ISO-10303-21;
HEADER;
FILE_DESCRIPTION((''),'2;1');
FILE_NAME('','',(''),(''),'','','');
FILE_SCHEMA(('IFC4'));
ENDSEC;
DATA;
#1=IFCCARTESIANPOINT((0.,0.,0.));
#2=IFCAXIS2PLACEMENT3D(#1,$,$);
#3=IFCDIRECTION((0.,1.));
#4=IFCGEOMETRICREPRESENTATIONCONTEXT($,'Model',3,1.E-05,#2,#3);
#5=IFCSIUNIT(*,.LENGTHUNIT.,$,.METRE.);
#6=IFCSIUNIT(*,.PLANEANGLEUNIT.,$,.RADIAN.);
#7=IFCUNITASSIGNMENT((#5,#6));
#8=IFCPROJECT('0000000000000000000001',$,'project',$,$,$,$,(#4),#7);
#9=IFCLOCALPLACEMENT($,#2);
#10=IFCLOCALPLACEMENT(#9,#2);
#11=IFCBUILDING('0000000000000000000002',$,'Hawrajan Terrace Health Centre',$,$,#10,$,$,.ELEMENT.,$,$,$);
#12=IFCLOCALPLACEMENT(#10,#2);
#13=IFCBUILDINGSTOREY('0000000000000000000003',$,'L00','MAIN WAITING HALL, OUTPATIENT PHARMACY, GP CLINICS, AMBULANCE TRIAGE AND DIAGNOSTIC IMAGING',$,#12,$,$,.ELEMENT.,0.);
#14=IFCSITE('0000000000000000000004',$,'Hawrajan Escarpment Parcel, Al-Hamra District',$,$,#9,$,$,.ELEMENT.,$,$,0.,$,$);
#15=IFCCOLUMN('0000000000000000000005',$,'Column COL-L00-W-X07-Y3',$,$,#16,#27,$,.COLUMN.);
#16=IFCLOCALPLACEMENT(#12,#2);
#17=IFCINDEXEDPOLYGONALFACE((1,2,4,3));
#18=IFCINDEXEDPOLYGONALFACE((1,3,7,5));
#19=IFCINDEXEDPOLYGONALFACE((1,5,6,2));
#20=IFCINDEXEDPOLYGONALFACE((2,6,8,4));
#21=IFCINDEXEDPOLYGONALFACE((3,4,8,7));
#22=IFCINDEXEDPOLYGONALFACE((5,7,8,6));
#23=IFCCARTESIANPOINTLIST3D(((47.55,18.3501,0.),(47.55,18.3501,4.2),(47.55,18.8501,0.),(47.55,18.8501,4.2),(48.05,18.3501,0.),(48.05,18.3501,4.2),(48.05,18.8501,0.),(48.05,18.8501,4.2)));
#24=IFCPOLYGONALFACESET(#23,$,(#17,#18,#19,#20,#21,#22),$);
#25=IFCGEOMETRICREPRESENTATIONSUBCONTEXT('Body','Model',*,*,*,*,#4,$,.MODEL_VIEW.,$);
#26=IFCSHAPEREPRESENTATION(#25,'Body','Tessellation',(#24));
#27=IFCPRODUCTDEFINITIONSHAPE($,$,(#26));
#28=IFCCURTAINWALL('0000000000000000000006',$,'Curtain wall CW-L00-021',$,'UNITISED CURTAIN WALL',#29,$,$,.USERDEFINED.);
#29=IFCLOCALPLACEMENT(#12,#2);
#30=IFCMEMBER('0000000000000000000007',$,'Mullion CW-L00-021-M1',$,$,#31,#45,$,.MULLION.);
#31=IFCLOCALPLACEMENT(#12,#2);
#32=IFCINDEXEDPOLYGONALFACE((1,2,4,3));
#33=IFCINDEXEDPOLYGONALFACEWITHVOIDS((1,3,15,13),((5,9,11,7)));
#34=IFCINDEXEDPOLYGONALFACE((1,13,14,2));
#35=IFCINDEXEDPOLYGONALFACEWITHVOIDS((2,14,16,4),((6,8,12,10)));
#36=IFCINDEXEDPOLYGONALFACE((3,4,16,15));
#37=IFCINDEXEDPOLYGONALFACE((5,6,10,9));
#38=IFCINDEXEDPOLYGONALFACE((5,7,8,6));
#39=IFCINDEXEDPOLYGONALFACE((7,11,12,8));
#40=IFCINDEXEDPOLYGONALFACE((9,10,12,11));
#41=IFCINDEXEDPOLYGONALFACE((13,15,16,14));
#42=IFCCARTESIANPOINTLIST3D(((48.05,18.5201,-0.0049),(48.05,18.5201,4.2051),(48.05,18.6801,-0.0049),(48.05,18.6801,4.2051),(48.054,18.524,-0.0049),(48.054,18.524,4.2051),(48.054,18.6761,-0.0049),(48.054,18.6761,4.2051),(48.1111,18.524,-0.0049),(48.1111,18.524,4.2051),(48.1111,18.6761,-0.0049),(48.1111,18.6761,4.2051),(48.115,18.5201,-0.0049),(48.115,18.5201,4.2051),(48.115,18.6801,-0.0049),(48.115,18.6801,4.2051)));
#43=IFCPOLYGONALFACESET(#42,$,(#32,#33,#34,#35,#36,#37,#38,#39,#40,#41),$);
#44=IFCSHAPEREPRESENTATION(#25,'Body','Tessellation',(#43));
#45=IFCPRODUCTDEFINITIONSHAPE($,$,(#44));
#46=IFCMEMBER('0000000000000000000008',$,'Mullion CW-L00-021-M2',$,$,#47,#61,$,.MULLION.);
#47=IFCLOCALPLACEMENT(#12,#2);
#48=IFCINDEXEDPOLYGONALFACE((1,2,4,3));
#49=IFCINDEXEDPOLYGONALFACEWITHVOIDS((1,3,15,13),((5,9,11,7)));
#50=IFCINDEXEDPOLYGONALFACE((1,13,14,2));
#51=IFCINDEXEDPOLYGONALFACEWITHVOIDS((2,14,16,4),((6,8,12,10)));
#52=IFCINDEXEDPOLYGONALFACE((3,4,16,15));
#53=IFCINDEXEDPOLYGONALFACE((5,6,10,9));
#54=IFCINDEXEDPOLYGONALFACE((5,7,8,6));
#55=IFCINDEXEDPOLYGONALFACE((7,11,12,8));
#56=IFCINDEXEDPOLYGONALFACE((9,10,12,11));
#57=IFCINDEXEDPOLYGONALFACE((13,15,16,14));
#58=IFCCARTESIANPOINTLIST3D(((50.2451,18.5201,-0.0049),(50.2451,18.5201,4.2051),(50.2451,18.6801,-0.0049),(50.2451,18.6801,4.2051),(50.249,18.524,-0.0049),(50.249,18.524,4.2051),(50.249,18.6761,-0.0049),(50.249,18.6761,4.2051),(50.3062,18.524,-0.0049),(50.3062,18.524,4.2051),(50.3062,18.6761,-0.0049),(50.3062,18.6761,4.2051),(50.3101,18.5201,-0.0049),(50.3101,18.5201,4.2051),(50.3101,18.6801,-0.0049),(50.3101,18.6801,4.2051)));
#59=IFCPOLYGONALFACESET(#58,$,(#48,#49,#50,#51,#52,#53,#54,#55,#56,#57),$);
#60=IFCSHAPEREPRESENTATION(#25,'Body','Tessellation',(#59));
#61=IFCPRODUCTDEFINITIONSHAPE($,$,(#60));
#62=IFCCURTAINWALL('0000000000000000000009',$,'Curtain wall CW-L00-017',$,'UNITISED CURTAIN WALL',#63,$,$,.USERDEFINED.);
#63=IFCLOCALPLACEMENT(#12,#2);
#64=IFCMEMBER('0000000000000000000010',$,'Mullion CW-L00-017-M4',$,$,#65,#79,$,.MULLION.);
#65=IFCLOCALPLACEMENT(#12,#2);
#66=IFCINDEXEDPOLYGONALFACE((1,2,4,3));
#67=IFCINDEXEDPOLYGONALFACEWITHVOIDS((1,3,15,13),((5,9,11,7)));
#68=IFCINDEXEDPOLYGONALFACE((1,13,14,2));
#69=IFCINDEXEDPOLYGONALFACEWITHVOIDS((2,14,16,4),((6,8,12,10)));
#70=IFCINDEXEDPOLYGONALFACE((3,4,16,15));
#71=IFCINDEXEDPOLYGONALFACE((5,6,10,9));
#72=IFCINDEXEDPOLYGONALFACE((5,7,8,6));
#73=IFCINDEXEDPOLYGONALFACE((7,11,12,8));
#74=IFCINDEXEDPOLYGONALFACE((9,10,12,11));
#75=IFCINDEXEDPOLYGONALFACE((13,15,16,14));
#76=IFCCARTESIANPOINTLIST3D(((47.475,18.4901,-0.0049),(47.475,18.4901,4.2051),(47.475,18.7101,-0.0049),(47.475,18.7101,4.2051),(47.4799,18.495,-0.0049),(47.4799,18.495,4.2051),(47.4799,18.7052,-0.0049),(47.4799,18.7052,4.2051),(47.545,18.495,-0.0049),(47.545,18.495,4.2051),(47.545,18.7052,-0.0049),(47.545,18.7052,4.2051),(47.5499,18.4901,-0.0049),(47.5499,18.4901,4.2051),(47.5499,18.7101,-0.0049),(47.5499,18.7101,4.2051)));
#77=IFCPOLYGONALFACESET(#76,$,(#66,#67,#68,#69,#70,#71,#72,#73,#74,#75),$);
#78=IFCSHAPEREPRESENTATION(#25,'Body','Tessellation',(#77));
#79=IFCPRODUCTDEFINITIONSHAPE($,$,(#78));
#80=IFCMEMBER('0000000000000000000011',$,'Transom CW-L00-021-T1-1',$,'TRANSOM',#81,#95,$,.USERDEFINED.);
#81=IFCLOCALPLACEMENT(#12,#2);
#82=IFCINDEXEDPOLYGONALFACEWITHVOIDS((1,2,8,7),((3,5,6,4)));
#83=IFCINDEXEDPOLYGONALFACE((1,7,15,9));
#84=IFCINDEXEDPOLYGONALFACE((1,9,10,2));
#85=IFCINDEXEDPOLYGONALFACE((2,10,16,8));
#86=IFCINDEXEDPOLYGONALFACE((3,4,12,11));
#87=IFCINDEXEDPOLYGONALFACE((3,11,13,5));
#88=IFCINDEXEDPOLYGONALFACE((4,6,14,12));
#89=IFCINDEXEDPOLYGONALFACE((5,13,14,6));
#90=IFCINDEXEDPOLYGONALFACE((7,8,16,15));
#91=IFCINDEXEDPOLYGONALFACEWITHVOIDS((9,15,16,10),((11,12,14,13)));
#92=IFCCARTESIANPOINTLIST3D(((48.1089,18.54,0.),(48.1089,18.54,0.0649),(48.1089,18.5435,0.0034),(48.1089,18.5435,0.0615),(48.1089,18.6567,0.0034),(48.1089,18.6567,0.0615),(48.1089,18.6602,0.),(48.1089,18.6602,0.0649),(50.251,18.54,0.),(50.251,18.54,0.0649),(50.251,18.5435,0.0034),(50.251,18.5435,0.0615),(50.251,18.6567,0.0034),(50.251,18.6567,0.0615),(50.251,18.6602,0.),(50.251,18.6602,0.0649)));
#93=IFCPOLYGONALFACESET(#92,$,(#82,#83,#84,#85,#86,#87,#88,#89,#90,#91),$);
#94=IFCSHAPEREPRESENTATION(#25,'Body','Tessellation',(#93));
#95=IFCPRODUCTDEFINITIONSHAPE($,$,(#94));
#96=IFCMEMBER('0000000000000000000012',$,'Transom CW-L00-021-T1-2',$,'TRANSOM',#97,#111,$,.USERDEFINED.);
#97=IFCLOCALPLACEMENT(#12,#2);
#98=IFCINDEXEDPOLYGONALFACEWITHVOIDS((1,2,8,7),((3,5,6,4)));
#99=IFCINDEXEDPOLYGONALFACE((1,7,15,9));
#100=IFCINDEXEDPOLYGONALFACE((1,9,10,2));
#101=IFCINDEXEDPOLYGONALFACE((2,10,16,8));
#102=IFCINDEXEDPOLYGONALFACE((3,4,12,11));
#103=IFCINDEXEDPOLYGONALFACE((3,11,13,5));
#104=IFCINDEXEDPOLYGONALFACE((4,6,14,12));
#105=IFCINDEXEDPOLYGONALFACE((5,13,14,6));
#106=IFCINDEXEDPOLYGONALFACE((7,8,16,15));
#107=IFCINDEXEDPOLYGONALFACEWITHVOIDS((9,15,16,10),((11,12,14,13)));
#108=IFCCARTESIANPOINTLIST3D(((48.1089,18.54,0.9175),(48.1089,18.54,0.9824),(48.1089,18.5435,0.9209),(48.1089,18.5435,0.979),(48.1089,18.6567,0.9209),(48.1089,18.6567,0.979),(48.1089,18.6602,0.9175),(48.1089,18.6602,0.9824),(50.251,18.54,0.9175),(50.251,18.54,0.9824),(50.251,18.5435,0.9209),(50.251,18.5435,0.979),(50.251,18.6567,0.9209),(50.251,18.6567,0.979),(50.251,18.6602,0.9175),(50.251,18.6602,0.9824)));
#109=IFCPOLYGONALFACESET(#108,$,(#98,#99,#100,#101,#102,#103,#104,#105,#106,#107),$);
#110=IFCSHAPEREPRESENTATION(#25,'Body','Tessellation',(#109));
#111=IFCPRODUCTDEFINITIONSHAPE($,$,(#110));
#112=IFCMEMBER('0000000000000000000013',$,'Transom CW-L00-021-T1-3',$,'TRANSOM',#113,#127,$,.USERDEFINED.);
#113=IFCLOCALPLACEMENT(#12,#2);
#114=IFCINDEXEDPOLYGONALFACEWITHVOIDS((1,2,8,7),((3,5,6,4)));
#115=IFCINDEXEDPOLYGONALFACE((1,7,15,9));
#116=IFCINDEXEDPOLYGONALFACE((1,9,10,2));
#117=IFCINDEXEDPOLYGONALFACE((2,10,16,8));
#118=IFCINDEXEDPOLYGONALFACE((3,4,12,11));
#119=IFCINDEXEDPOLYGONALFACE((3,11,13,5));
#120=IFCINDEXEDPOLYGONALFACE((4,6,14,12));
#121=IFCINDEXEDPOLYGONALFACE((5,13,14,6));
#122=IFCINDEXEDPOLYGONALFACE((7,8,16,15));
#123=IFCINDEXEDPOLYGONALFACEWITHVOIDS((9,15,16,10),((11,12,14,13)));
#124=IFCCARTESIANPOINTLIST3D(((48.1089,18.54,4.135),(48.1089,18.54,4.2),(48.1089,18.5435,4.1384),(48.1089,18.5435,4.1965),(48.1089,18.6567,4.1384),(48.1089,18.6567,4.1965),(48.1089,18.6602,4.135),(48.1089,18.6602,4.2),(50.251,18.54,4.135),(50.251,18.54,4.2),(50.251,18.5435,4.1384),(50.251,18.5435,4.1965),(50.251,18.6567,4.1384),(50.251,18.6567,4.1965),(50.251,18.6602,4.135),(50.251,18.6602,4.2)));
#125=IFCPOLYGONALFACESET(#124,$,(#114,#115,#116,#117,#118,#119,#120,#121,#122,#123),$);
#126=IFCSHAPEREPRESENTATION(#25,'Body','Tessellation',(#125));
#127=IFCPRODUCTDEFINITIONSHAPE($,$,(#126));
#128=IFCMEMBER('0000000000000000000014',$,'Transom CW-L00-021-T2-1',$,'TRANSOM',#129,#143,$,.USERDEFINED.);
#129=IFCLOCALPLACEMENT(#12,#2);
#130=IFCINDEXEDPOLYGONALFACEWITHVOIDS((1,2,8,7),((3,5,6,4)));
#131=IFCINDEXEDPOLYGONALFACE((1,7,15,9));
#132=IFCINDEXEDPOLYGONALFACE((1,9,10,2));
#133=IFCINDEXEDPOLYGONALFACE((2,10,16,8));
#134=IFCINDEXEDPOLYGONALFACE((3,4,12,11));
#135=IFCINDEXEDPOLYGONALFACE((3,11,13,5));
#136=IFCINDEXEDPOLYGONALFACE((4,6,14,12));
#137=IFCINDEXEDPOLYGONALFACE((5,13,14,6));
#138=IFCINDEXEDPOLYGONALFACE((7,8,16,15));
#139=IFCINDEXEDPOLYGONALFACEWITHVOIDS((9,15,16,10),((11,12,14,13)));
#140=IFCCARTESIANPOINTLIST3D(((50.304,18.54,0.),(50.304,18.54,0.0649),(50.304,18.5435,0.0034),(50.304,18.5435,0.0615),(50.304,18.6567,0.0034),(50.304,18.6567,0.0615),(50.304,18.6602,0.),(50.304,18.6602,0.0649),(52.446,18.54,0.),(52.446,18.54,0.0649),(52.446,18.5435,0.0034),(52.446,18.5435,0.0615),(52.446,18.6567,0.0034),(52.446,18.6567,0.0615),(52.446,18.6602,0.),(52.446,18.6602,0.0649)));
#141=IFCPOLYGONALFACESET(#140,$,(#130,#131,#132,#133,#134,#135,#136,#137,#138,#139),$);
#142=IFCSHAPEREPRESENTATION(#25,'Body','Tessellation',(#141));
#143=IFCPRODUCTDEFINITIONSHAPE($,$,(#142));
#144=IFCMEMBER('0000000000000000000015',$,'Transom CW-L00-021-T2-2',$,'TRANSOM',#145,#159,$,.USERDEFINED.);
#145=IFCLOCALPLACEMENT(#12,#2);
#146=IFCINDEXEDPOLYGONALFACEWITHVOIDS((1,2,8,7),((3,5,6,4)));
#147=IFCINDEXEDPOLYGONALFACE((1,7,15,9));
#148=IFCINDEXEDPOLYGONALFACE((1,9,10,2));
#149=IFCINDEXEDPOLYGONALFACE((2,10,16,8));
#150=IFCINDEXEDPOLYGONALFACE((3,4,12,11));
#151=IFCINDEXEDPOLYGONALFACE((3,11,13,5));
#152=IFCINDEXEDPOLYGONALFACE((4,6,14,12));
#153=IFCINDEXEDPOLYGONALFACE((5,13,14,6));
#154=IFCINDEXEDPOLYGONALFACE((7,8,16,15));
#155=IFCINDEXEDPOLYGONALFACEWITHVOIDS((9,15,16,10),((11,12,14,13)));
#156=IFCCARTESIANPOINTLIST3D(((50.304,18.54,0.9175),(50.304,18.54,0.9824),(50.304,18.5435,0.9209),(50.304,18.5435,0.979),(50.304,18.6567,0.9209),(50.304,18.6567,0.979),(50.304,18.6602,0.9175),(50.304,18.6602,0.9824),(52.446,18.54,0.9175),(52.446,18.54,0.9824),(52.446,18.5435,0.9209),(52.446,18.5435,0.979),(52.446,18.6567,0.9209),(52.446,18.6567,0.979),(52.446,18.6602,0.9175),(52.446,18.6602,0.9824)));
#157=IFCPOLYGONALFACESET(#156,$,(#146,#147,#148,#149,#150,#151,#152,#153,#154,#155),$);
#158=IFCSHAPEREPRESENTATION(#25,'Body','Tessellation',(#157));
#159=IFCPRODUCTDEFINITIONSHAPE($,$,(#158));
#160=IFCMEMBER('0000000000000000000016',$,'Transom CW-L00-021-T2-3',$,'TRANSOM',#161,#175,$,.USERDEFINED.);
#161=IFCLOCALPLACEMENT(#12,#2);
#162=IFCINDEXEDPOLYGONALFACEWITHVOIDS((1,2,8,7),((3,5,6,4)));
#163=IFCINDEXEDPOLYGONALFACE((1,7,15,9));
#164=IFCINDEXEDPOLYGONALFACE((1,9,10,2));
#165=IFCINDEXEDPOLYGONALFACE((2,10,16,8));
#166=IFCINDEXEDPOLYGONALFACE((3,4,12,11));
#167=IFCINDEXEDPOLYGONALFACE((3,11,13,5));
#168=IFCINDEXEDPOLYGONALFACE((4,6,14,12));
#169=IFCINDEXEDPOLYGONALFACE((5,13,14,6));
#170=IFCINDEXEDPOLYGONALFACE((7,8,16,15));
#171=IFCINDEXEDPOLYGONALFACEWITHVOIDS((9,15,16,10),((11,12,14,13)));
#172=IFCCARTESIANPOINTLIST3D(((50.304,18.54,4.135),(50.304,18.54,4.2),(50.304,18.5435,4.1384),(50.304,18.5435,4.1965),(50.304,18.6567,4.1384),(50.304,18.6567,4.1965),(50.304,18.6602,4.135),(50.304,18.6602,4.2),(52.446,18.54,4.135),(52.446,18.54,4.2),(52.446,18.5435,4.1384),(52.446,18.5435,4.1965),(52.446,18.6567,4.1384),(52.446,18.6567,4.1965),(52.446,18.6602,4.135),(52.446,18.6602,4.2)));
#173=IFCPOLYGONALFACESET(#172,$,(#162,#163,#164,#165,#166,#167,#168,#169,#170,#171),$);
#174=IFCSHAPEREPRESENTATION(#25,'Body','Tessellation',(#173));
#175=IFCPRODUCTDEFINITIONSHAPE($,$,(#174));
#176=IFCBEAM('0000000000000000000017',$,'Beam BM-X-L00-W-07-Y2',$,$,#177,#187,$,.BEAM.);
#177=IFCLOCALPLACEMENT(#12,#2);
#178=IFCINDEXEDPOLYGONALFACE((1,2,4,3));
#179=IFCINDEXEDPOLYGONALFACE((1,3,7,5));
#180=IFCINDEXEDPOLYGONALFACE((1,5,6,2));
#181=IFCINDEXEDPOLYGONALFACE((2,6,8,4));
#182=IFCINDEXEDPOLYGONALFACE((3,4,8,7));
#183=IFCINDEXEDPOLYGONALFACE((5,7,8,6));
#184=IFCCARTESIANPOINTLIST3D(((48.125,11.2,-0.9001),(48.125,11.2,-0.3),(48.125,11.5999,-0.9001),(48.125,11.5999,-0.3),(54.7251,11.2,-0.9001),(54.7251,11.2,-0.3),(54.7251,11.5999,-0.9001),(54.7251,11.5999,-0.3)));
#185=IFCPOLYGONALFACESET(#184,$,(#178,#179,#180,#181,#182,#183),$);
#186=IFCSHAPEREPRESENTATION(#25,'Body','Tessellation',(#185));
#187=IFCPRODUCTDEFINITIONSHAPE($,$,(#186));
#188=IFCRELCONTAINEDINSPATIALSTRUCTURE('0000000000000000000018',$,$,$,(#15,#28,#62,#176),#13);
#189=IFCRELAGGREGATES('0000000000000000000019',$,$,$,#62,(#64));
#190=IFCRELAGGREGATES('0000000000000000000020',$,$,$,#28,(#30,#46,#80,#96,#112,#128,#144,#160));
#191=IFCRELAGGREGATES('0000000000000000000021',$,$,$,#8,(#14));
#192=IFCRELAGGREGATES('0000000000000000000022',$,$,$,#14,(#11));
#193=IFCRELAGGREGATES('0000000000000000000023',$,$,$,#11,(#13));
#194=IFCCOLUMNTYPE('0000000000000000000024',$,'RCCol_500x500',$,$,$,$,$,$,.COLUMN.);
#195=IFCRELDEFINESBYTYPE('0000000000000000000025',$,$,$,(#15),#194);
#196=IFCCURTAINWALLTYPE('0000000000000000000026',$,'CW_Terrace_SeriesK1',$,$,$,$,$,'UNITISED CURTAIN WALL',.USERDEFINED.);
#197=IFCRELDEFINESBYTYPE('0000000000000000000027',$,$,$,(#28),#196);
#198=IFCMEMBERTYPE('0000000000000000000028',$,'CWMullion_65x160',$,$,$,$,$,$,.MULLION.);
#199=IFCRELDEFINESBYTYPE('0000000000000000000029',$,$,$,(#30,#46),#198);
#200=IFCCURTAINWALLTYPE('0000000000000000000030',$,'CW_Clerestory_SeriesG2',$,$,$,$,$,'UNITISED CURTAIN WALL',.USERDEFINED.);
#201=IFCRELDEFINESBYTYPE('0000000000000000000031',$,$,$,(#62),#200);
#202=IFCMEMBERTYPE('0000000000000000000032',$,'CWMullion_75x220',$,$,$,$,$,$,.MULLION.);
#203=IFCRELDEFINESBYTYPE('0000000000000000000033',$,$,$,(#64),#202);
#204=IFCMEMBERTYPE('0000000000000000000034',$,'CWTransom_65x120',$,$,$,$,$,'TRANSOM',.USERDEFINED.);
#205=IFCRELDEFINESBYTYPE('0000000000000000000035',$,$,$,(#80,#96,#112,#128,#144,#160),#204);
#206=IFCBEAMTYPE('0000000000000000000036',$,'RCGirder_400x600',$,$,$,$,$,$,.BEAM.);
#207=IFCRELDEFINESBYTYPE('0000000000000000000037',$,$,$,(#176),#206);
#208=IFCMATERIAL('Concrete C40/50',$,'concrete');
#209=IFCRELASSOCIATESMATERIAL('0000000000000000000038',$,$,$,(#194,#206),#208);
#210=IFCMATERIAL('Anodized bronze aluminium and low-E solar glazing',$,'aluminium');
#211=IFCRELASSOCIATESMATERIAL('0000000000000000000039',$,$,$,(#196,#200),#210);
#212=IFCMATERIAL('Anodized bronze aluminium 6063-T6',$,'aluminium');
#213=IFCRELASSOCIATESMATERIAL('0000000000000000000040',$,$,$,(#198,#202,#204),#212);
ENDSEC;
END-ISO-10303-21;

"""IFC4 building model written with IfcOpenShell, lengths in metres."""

from ifc_helpers import new_model, si_unit, direction, frame, origin, origin_2d, place, context, subcontext, project, spatial, rectangle, hollow_rectangle, extrude, material, material_profile, profile_set, type_object, element, aggregate, save


model = new_model("IFC4")

# Units and contexts
model_context = context("Model", 3, precision=1e-05, world=origin(), true_north=direction((0.0, 1.0)))
body_context = subcontext(model_context, "Body", "Model", "MODEL_VIEW")
ifc_project = project(units=[si_unit("LENGTHUNIT", "METRE"), si_unit("PLANEANGLEUNIT", "RADIAN")], contexts=[model_context])

# Site, building, storey
site_placement = place(None, origin())
site = spatial("IfcSite", under=ifc_project, at=site_placement, Name="Hawrajan Escarpment Parcel, Al-Hamra District", CompositionType="ELEMENT", RefElevation=0.0)
building_placement = place(site_placement, origin())
building = spatial("IfcBuilding", under=site, at=building_placement, Name="Hawrajan Terrace Health Centre", CompositionType="ELEMENT")
storey_placement = place(building_placement, origin())
storey = spatial("IfcBuildingStorey", under=building, at=storey_placement, Name="L00", Description="MAIN WAITING HALL, OUTPATIENT PHARMACY, GP CLINICS, AMBULANCE TRIAGE AND DIAGNOSTIC IMAGING", CompositionType="ELEMENT", Elevation=0.0)

# Column
ifc_material_1 = material(Name="Concrete C40/50", Category="concrete")
ifc_material_profile_1 = material_profile(ifc_material_1, rectangle(XDim=0.5, YDim=0.5, at=origin_2d()), Name="RC 500x500")
ifc_profile_set_1 = profile_set([ifc_material_profile_1], Name="Concrete C40/50")
column_type = type_object("IfcColumnType", Name="RCCol_500x500", PredefinedType="COLUMN", material=ifc_profile_set_1)
column_placement = place(storey_placement, frame((47.8, 18.6001, 0.0), z_axis=(0.0, 0.0, 1.0), x_axis=(1.0, 0.0, 0.0)))
element("IfcColumn", 1, at=column_placement, inside=storey, type_object=column_type, Name="Column COL-L00-W-X07-Y3", PredefinedType="COLUMN", context=body_context, shape_type="SweptSolid", body=[
    extrude(rectangle(XDim=0.5, YDim=0.5, at=origin_2d()), origin(), (0.0, 0.0, 1.0), 4.2),
])

# Curtain wall, members
ifc_material_2 = material(Name="Anodized bronze aluminium and low-E solar glazing", Category="aluminium")
curtain_wall_type_1 = type_object("IfcCurtainWallType", Name="CW_Terrace_SeriesK1", ElementType="UNITISED CURTAIN WALL", PredefinedType="USERDEFINED", material=ifc_material_2)
curtain_wall_1_placement = place(storey_placement, origin())
curtain_wall_1 = element("IfcCurtainWall", 2, at=curtain_wall_1_placement, inside=storey, type_object=curtain_wall_type_1, Name="Curtain wall CW-L00-021", ObjectType="UNITISED CURTAIN WALL", PredefinedType="USERDEFINED")
ifc_material_3 = material(Name="Anodized bronze aluminium 6063-T6", Category="aluminium")
ifc_material_profile_2 = material_profile(ifc_material_3, hollow_rectangle(XDim=0.0649, YDim=0.1599, WallThickness=0.0039, at=origin_2d()), Name="CW MUL 65x160")
ifc_profile_set_2 = profile_set([ifc_material_profile_2], Name="Anodized bronze aluminium 6063-T6")
member_type_1 = type_object("IfcMemberType", Name="CWMullion_65x160", PredefinedType="MULLION", material=ifc_profile_set_2)
member_1_placement = place(storey_placement, frame((48.0825, 18.6001, -0.0049), z_axis=(0.0, 0.0, 1.0), x_axis=(1.0, 0.0, 0.0)))
member_1 = element("IfcMember", 3, at=member_1_placement, type_object=member_type_1, Name="Mullion CW-L00-021-M1", PredefinedType="MULLION", context=body_context, shape_type="SweptSolid", body=[
    extrude(hollow_rectangle(XDim=0.0649, YDim=0.1599, WallThickness=0.0039, at=origin_2d()), origin(), (0.0, 0.0, 1.0), 4.21),
])
member_2_placement = place(storey_placement, frame((50.2776, 18.6001, -0.0049), z_axis=(0.0, 0.0, 1.0), x_axis=(1.0, 0.0, 0.0)))
member_2 = element("IfcMember", 4, at=member_2_placement, type_object=member_type_1, Name="Mullion CW-L00-021-M2", PredefinedType="MULLION", context=body_context, shape_type="SweptSolid", body=[
    extrude(hollow_rectangle(XDim=0.0649, YDim=0.1599, WallThickness=0.0039, at=origin_2d()), origin(), (0.0, 0.0, 1.0), 4.21),
])

# Curtain wall, member
curtain_wall_type_2 = type_object("IfcCurtainWallType", Name="CW_Clerestory_SeriesG2", ElementType="UNITISED CURTAIN WALL", PredefinedType="USERDEFINED", material=ifc_material_2)
curtain_wall_2_placement = place(storey_placement, origin())
curtain_wall_2 = element("IfcCurtainWall", 5, at=curtain_wall_2_placement, inside=storey, type_object=curtain_wall_type_2, Name="Curtain wall CW-L00-017", ObjectType="UNITISED CURTAIN WALL", PredefinedType="USERDEFINED")
ifc_material_profile_3 = material_profile(ifc_material_3, hollow_rectangle(XDim=0.075, YDim=0.22, WallThickness=0.0049, at=origin_2d()), Name="CW MUL 75x220")
ifc_profile_set_3 = profile_set([ifc_material_profile_3], Name="Anodized bronze aluminium 6063-T6")
member_type_2 = type_object("IfcMemberType", Name="CWMullion_75x220", PredefinedType="MULLION", material=ifc_profile_set_3)
member_3_placement = place(storey_placement, frame((47.5125, 18.6001, -0.0049), z_axis=(0.0, 0.0, 1.0), x_axis=(1.0, 0.0, 0.0)))
member_3 = element("IfcMember", 6, at=member_3_placement, type_object=member_type_2, Name="Mullion CW-L00-017-M4", PredefinedType="MULLION", context=body_context, shape_type="SweptSolid", body=[
    extrude(hollow_rectangle(XDim=0.075, YDim=0.22, WallThickness=0.0049, at=origin_2d()), origin(), (0.0, 0.0, 1.0), 4.21),
])

# Members
ifc_material_profile_4 = material_profile(ifc_material_3, hollow_rectangle(XDim=0.0649, YDim=0.1201, WallThickness=0.0034, at=origin_2d()), Name="CW TRN 65x120")
ifc_profile_set_4 = profile_set([ifc_material_profile_4], Name="Anodized bronze aluminium 6063-T6")
member_type_3 = type_object("IfcMemberType", Name="CWTransom_65x120", ElementType="TRANSOM", PredefinedType="USERDEFINED", material=ifc_profile_set_4)
member_4_placement = place(storey_placement, frame((48.1089, 18.6001, 0.0325), z_axis=(1.0, 0.0, 0.0), x_axis=(0.0, 0.0, 1.0)))
member_4 = element("IfcMember", 7, at=member_4_placement, type_object=member_type_3, Name="Transom CW-L00-021-T1-1", ObjectType="TRANSOM", PredefinedType="USERDEFINED", context=body_context, shape_type="SweptSolid", body=[
    extrude(hollow_rectangle(XDim=0.0649, YDim=0.1201, WallThickness=0.0034, at=origin_2d()), origin(), (0.0, 0.0, 1.0), 2.1421),
])
member_5_placement = place(storey_placement, frame((48.1089, 18.6001, 0.95), z_axis=(1.0, 0.0, 0.0), x_axis=(0.0, 0.0, 1.0)))
member_5 = element("IfcMember", 8, at=member_5_placement, type_object=member_type_3, Name="Transom CW-L00-021-T1-2", ObjectType="TRANSOM", PredefinedType="USERDEFINED", context=body_context, shape_type="SweptSolid", body=[
    extrude(hollow_rectangle(XDim=0.0649, YDim=0.1201, WallThickness=0.0034, at=origin_2d()), origin(), (0.0, 0.0, 1.0), 2.1421),
])
member_6_placement = place(storey_placement, frame((48.1089, 18.6001, 4.1675), z_axis=(1.0, 0.0, 0.0), x_axis=(0.0, 0.0, 1.0)))
member_6 = element("IfcMember", 9, at=member_6_placement, type_object=member_type_3, Name="Transom CW-L00-021-T1-3", ObjectType="TRANSOM", PredefinedType="USERDEFINED", context=body_context, shape_type="SweptSolid", body=[
    extrude(hollow_rectangle(XDim=0.0649, YDim=0.1201, WallThickness=0.0034, at=origin_2d()), origin(), (0.0, 0.0, 1.0), 2.1421),
])
member_7_placement = place(storey_placement, frame((50.304, 18.6001, 0.0325), z_axis=(1.0, 0.0, 0.0), x_axis=(0.0, 0.0, 1.0)))
member_7 = element("IfcMember", 10, at=member_7_placement, type_object=member_type_3, Name="Transom CW-L00-021-T2-1", ObjectType="TRANSOM", PredefinedType="USERDEFINED", context=body_context, shape_type="SweptSolid", body=[
    extrude(hollow_rectangle(XDim=0.0649, YDim=0.1201, WallThickness=0.0034, at=origin_2d()), origin(), (0.0, 0.0, 1.0), 2.1421),
])
member_8_placement = place(storey_placement, frame((50.304, 18.6001, 0.95), z_axis=(1.0, 0.0, 0.0), x_axis=(0.0, 0.0, 1.0)))
member_8 = element("IfcMember", 11, at=member_8_placement, type_object=member_type_3, Name="Transom CW-L00-021-T2-2", ObjectType="TRANSOM", PredefinedType="USERDEFINED", context=body_context, shape_type="SweptSolid", body=[
    extrude(hollow_rectangle(XDim=0.0649, YDim=0.1201, WallThickness=0.0034, at=origin_2d()), origin(), (0.0, 0.0, 1.0), 2.1421),
])
member_9_placement = place(storey_placement, frame((50.304, 18.6001, 4.1675), z_axis=(1.0, 0.0, 0.0), x_axis=(0.0, 0.0, 1.0)))
member_9 = element("IfcMember", 12, at=member_9_placement, type_object=member_type_3, Name="Transom CW-L00-021-T2-3", ObjectType="TRANSOM", PredefinedType="USERDEFINED", context=body_context, shape_type="SweptSolid", body=[
    extrude(hollow_rectangle(XDim=0.0649, YDim=0.1201, WallThickness=0.0034, at=origin_2d()), origin(), (0.0, 0.0, 1.0), 2.1421),
])

# Beam
ifc_material_profile_5 = material_profile(ifc_material_1, rectangle(XDim=0.3999, YDim=0.6001, at=origin_2d()), Name="RC BM 400x600")
ifc_profile_set_5 = profile_set([ifc_material_profile_5], Name="Concrete C40/50")
beam_type_1 = type_object("IfcBeamType", Name="RCGirder_400x600", PredefinedType="BEAM", material=ifc_profile_set_5)
beam_1_placement = place(storey_placement, frame((48.125, 11.3999, -0.6001), z_axis=(1.0, 0.0, 0.0), x_axis=(0.0, 1.0, 0.0)))
element("IfcBeam", 13, at=beam_1_placement, inside=storey, type_object=beam_type_1, Name="Beam BM-X-L00-W-07-Y2", PredefinedType="BEAM", context=body_context, shape_type="SweptSolid", body=[
    extrude(rectangle(XDim=0.3999, YDim=0.6001, at=origin_2d()), origin(), (0.0, 0.0, 1.0), 6.6001),
])

aggregate(curtain_wall_2, [member_3])
aggregate(curtain_wall_1, [member_1, member_2, member_4, member_5, member_6, member_7, member_8, member_9])

save(model, "model.ifc")
